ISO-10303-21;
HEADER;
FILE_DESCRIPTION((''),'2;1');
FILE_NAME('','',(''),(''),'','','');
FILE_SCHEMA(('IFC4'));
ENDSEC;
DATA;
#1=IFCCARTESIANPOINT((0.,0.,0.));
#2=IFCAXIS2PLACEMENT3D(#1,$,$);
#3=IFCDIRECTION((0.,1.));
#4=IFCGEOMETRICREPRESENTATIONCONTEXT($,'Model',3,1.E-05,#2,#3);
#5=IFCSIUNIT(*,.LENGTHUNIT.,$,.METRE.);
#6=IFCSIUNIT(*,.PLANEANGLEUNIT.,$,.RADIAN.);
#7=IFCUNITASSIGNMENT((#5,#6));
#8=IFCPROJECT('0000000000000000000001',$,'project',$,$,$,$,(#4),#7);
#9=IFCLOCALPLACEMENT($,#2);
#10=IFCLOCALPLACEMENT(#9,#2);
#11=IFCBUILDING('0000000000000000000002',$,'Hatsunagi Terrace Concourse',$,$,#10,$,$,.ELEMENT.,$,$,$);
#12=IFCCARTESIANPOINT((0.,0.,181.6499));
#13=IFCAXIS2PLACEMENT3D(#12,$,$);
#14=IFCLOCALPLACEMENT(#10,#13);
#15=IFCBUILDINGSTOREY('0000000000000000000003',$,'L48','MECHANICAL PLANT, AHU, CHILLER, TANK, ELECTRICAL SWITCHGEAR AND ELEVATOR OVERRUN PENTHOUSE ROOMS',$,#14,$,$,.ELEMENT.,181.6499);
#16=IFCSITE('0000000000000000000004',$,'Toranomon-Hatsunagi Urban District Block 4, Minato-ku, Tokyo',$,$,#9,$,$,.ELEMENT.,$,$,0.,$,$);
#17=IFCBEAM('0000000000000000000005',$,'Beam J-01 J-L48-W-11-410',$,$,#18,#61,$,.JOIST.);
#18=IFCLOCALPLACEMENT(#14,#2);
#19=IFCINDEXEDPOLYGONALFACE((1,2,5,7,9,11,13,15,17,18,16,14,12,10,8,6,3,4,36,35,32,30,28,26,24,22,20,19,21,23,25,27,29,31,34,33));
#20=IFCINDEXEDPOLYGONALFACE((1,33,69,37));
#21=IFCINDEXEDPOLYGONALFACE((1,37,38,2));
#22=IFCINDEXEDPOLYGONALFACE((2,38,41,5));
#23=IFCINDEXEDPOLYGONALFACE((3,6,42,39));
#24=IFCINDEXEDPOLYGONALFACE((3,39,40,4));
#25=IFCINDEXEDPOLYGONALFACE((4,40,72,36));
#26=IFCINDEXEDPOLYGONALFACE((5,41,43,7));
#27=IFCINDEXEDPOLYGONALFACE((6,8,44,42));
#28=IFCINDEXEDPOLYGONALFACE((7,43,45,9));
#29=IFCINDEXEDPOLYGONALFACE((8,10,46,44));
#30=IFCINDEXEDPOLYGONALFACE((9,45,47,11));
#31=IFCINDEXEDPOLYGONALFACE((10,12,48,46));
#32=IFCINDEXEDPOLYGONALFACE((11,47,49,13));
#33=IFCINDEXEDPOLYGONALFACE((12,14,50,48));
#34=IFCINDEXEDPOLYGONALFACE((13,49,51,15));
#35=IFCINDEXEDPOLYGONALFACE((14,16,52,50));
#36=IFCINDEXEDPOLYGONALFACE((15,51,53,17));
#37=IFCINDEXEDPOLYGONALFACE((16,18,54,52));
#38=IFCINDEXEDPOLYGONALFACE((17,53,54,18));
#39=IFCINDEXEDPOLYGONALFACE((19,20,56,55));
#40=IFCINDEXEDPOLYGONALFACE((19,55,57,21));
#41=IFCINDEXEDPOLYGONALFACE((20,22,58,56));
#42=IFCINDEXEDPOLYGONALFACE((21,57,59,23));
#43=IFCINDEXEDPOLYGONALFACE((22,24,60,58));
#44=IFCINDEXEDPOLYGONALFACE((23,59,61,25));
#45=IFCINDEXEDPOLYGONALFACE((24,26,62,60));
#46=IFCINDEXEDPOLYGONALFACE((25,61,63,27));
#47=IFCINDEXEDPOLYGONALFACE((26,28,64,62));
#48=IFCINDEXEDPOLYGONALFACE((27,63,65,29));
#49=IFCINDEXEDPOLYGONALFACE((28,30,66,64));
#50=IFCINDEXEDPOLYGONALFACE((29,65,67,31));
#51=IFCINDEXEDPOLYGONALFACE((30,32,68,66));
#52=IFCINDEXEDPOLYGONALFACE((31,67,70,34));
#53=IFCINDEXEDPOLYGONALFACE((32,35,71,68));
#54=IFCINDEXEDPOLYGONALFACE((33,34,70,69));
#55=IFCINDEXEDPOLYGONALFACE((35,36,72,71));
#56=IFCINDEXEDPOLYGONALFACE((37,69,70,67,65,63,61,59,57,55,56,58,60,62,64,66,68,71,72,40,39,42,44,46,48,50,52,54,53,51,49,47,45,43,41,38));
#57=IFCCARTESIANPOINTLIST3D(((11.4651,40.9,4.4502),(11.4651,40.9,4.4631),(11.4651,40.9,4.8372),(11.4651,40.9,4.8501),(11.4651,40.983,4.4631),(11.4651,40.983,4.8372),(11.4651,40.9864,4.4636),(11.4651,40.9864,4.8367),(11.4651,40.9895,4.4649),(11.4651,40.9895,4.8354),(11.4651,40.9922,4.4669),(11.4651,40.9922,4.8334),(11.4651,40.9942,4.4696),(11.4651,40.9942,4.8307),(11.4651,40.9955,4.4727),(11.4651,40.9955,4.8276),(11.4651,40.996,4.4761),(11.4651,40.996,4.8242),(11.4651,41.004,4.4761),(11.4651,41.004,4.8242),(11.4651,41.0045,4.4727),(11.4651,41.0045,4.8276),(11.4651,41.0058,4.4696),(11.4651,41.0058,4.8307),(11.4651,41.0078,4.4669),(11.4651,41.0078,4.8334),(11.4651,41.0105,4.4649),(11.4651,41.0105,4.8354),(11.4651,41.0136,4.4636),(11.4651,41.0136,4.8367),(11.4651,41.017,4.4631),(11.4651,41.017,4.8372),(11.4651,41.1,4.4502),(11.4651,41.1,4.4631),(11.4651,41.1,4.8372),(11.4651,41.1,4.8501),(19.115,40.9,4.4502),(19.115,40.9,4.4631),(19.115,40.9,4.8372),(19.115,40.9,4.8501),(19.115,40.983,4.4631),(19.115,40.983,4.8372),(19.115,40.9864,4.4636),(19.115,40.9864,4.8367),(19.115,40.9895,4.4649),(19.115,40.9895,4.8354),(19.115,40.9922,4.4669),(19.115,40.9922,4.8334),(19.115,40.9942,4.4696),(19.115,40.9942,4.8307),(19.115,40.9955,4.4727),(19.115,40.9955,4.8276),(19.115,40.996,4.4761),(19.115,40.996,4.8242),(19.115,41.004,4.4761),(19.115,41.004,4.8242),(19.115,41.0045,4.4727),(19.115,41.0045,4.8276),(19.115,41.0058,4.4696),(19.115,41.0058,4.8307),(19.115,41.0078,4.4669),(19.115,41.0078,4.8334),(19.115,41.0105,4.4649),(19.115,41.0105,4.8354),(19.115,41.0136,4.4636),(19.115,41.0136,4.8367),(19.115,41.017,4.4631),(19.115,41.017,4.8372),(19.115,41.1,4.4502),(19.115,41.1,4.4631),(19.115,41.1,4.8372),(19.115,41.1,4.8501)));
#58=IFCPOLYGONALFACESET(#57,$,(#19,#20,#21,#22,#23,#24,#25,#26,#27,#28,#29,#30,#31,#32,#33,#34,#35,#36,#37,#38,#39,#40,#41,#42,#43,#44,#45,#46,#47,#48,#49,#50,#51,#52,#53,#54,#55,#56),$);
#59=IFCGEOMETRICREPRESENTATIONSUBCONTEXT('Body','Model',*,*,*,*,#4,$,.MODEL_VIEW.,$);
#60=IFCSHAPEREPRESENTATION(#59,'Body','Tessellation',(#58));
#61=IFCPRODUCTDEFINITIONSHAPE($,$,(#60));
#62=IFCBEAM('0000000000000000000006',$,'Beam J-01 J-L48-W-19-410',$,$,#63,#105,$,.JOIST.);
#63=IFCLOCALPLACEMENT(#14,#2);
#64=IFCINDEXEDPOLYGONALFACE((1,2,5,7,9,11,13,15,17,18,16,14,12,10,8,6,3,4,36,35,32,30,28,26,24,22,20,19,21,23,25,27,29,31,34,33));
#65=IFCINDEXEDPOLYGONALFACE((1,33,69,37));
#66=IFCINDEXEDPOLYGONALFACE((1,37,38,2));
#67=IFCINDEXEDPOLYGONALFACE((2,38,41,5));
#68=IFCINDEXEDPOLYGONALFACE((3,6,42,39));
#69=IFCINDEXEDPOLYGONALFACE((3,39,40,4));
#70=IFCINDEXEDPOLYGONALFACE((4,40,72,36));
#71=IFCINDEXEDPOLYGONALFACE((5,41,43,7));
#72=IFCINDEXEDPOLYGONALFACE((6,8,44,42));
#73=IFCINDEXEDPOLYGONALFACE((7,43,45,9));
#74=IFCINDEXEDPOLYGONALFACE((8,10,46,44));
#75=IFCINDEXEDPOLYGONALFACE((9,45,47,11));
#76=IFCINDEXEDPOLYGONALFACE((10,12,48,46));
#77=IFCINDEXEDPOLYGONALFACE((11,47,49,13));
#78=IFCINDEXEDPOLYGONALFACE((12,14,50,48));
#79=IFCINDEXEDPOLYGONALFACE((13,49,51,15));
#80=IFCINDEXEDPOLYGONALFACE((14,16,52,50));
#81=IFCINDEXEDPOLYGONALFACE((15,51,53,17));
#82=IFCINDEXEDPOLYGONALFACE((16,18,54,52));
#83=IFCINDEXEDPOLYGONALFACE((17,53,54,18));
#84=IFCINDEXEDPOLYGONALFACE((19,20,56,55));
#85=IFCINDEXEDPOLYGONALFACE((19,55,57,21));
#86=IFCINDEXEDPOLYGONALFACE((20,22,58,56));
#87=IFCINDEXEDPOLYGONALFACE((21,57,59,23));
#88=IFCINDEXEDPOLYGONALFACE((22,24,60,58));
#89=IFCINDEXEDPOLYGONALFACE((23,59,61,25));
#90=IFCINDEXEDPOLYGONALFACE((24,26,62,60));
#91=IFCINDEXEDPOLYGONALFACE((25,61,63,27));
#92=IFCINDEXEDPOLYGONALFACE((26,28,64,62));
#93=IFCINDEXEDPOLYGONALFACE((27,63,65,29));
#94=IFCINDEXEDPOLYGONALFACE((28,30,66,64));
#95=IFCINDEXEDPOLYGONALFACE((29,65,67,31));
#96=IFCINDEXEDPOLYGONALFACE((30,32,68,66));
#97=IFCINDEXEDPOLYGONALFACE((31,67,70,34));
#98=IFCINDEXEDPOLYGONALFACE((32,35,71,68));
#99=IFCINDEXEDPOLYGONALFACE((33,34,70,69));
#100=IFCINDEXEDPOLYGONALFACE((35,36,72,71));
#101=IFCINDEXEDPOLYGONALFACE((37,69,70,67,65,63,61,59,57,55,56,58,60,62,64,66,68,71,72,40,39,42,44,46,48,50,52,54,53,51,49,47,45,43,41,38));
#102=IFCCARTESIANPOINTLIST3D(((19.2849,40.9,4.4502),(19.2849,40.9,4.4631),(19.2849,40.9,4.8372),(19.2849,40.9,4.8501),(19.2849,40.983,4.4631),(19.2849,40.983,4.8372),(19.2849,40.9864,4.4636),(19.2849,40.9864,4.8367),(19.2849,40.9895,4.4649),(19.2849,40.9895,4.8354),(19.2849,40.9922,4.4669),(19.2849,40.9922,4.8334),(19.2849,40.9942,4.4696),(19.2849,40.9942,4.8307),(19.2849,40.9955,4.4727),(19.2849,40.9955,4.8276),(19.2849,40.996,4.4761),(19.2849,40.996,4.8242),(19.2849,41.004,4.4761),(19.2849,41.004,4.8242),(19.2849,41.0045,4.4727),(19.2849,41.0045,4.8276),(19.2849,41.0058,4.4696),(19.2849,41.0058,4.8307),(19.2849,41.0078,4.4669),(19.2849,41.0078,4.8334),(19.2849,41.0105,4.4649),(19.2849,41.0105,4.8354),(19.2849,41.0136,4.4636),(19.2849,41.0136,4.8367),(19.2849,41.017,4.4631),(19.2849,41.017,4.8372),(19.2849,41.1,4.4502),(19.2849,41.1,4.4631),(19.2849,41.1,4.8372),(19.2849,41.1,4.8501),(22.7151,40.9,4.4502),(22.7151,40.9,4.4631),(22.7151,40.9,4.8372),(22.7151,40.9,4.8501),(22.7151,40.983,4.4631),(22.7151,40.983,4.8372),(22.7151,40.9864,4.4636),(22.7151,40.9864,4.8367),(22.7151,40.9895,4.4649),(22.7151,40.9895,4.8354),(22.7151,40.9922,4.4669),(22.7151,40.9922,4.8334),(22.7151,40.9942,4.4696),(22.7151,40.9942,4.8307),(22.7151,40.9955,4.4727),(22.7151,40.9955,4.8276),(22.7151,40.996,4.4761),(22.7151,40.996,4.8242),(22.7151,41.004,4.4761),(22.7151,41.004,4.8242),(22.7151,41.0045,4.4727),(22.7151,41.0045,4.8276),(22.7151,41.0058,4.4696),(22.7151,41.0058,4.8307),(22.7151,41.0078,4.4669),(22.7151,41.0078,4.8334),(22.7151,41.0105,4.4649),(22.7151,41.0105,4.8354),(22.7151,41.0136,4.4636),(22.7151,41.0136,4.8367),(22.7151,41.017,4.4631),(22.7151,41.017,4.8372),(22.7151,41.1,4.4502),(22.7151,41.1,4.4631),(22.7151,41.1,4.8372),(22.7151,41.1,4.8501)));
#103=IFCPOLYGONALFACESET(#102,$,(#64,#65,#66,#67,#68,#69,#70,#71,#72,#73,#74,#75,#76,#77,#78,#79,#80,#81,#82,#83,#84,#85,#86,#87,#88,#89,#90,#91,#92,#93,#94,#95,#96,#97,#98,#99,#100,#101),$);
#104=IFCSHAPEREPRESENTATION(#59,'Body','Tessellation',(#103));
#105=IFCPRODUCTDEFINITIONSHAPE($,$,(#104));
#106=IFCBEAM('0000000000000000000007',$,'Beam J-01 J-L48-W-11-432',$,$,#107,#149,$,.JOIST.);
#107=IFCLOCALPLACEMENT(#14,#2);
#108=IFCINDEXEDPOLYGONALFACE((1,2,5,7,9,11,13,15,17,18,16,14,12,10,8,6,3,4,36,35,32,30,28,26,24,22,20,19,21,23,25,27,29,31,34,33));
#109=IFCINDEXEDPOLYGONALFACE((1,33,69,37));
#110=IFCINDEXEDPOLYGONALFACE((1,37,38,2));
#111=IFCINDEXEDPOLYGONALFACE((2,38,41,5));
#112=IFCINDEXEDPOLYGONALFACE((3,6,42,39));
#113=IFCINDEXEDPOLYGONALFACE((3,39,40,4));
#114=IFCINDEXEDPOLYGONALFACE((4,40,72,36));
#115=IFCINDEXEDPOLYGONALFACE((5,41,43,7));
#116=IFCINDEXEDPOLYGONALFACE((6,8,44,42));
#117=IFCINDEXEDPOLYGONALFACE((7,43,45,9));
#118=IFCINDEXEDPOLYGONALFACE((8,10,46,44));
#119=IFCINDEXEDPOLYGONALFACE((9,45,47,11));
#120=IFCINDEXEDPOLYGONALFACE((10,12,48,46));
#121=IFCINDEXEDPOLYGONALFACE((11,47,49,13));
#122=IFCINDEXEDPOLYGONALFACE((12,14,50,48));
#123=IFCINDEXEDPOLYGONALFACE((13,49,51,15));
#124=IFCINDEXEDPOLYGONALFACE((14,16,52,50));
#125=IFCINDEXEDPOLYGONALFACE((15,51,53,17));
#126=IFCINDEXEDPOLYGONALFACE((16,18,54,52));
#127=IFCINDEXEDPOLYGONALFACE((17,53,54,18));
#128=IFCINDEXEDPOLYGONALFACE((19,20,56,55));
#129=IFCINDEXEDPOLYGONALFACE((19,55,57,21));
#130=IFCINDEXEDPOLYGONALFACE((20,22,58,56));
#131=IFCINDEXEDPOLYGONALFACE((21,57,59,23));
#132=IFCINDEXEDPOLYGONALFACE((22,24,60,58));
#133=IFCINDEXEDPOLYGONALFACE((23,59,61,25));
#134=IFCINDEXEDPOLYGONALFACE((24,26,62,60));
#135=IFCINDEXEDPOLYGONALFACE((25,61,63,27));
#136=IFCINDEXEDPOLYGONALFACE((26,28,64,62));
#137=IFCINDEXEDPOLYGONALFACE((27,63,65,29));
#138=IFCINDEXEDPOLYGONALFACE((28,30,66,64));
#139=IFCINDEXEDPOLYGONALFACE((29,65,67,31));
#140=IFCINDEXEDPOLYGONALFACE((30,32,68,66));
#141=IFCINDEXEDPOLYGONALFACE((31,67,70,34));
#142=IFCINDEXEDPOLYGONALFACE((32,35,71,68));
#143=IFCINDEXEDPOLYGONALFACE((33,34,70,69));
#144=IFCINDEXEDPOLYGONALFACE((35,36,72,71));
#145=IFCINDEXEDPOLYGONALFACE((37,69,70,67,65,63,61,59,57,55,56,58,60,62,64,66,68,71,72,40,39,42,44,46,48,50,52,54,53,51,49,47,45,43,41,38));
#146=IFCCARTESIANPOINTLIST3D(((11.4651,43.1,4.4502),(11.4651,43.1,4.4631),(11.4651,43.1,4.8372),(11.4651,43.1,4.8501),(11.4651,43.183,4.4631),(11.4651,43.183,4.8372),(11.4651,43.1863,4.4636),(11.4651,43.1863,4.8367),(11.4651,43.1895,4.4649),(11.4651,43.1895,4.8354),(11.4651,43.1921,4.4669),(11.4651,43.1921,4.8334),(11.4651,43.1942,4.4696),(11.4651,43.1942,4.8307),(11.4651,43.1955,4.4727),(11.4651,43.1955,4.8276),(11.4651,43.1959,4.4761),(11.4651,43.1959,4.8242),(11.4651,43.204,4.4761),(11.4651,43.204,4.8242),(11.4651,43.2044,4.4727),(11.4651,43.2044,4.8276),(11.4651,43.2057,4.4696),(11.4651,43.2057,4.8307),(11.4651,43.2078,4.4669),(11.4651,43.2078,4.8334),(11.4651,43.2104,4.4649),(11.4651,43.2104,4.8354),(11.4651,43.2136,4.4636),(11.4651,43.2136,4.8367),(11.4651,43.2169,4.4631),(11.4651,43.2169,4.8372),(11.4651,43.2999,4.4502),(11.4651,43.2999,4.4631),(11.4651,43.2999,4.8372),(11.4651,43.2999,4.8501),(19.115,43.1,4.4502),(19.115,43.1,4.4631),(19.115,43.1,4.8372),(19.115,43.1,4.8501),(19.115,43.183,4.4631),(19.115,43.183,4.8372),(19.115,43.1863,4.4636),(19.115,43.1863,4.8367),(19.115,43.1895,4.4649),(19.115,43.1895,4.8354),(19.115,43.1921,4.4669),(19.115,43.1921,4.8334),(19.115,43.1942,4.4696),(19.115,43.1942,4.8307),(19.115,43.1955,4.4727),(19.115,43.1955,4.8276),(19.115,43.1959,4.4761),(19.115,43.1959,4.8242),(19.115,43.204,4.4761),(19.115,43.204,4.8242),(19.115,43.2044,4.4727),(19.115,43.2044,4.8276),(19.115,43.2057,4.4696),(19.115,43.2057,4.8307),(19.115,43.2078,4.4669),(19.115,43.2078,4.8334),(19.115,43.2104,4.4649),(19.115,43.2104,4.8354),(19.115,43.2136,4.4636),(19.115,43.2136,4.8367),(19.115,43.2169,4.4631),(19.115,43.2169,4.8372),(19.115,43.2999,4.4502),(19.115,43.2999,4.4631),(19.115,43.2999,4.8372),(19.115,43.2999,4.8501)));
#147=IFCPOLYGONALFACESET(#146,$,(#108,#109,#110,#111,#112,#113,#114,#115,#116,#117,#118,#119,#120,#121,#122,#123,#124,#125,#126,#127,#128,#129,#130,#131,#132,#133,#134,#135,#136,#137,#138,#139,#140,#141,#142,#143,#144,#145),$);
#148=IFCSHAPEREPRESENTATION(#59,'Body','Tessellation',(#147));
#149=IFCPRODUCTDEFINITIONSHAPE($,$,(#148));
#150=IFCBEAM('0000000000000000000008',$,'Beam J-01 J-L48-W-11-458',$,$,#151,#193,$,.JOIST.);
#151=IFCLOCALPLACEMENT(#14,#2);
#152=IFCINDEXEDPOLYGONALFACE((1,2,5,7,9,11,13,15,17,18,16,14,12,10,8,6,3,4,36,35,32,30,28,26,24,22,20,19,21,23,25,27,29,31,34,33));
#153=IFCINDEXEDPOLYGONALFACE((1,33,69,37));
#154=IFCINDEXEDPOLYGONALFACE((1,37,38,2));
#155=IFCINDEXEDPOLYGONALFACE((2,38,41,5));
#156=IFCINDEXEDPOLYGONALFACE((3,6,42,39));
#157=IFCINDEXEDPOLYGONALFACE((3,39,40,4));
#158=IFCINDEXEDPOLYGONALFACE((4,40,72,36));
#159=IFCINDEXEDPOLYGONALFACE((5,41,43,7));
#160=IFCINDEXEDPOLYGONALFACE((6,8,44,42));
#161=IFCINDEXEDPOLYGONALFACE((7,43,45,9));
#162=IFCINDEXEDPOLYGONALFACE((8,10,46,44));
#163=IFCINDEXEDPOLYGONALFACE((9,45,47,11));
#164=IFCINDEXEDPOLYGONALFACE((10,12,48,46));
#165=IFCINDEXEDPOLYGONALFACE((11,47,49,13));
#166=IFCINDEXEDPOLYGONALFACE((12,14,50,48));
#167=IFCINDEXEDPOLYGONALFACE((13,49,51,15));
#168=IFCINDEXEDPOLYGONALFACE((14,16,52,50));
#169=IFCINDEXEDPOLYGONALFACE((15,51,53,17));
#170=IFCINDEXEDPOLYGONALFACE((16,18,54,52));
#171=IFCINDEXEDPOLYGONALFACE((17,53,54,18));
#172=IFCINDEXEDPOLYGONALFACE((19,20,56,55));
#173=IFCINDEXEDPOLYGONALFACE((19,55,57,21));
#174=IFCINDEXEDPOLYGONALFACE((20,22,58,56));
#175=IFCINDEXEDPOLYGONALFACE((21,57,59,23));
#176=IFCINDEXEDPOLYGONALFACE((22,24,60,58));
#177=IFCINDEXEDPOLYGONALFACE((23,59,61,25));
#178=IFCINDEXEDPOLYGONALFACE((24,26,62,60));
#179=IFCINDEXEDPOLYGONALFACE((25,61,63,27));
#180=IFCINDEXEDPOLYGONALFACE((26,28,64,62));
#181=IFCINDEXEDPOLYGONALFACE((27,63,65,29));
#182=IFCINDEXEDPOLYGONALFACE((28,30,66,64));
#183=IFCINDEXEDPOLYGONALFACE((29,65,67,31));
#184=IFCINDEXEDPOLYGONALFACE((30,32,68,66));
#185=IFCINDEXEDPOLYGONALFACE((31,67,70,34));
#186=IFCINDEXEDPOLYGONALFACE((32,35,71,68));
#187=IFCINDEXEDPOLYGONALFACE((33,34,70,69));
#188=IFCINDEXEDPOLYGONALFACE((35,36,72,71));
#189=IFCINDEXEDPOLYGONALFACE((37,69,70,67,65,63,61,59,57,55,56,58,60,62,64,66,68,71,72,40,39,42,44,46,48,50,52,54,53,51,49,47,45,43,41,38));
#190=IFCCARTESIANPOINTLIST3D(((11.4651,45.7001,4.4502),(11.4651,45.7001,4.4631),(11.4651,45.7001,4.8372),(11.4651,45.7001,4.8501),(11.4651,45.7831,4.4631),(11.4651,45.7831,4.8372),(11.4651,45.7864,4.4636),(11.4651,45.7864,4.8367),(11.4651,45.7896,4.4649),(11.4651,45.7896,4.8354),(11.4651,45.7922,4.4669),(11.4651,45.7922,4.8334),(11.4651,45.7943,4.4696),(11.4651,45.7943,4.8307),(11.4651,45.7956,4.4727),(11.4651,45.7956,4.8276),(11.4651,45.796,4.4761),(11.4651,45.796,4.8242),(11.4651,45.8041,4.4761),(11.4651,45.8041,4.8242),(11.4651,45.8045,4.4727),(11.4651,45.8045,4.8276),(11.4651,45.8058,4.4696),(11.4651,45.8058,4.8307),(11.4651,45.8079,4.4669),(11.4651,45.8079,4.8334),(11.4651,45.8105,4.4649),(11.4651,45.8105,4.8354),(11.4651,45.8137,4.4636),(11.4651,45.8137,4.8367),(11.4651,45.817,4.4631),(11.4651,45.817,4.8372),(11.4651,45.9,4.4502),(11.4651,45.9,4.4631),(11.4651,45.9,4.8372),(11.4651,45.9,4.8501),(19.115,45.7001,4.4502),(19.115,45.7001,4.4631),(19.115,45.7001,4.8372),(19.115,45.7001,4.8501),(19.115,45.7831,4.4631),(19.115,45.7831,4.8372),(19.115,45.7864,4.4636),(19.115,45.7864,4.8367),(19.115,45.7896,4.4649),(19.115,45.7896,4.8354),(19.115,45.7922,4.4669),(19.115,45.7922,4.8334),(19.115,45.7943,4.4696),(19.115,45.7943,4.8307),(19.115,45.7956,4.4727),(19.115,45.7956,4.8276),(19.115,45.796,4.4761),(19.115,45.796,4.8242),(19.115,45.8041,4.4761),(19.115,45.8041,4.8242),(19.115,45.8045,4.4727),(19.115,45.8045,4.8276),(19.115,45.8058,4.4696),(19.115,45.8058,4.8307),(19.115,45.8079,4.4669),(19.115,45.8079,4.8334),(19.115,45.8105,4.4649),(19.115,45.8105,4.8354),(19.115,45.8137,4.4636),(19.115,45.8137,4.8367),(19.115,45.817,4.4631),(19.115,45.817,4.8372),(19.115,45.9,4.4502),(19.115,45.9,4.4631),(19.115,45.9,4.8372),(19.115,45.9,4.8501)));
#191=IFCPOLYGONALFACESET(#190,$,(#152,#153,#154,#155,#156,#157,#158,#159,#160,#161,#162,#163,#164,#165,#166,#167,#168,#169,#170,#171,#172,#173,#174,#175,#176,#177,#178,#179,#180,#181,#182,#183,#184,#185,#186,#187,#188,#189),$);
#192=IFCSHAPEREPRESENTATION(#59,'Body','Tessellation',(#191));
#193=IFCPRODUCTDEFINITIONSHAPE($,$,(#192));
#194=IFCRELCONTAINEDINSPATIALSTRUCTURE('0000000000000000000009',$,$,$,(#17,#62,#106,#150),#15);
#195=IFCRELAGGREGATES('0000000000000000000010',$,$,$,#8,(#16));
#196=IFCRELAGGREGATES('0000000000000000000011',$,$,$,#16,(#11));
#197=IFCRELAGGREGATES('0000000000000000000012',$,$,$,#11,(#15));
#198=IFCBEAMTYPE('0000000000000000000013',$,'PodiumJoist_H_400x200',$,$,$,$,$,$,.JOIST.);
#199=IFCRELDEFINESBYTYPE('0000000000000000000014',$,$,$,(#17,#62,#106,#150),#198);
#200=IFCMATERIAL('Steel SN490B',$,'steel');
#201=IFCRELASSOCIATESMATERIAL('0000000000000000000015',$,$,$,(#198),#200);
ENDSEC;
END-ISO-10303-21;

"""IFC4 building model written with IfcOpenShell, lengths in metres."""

from ifc_helpers import new_model, si_unit, direction, frame, origin, origin_2d, place, context, subcontext, project, spatial, i_section, extrude, material, material_profile, profile_set, type_object, element, save


model = new_model("IFC4")

# Units and contexts
model_context = context("Model", 3, precision=1e-05, world=origin(), true_north=direction((0.0, 1.0)))
body_context = subcontext(model_context, "Body", "Model", "MODEL_VIEW")
ifc_project = project(units=[si_unit("LENGTHUNIT", "METRE"), si_unit("PLANEANGLEUNIT", "RADIAN")], contexts=[model_context])

# Site, building, storey
site_placement = place(None, origin())
site = spatial("IfcSite", under=ifc_project, at=site_placement, Name="Toranomon-Hatsunagi Urban District Block 4, Minato-ku, Tokyo", CompositionType="ELEMENT", RefElevation=0.0)
building_placement = place(site_placement, origin())
building = spatial("IfcBuilding", under=site, at=building_placement, Name="Hatsunagi Terrace Concourse", CompositionType="ELEMENT")
storey_placement = place(building_placement, frame((0.0, 0.0, 181.6499)))
storey = spatial("IfcBuildingStorey", under=building, at=storey_placement, Name="L48", Description="MECHANICAL PLANT, AHU, CHILLER, TANK, ELECTRICAL SWITCHGEAR AND ELEVATOR OVERRUN PENTHOUSE ROOMS", CompositionType="ELEMENT", Elevation=181.6499)

# Beams
ifc_material_1 = material(Name="Steel SN490B", Category="steel")
ifc_material_profile_1 = material_profile(ifc_material_1, i_section(OverallWidth=0.2, OverallDepth=0.3999, WebThickness=0.0081, FlangeThickness=0.0129, FilletRadius=0.0129, at=origin_2d()), Name="H-400x200x8x13")
ifc_profile_set_1 = profile_set([ifc_material_profile_1], Name="Steel SN490B")
beam_type_1 = type_object("IfcBeamType", Name="PodiumJoist_H_400x200", PredefinedType="JOIST", material=ifc_profile_set_1)
beam_1_placement = place(storey_placement, frame((11.4651, 41.0, 4.6501), z_axis=(1.0, 0.0, 0.0), x_axis=(0.0, 1.0, 0.0)))
element("IfcBeam", 1, at=beam_1_placement, inside=storey, type_object=beam_type_1, Name="Beam J-01 J-L48-W-11-410", PredefinedType="JOIST", context=body_context, shape_type="SweptSolid", body=[
    extrude(i_section(OverallWidth=0.2, OverallDepth=0.3999, WebThickness=0.0081, FlangeThickness=0.0129, FilletRadius=0.0129, at=origin_2d()), origin(), (0.0, 0.0, 1.0), 7.6499),
])
beam_2_placement = place(storey_placement, frame((19.2849, 41.0, 4.6501), z_axis=(1.0, 0.0, 0.0), x_axis=(0.0, 1.0, 0.0)))
element("IfcBeam", 2, at=beam_2_placement, inside=storey, type_object=beam_type_1, Name="Beam J-01 J-L48-W-19-410", PredefinedType="JOIST", context=body_context, shape_type="SweptSolid", body=[
    extrude(i_section(OverallWidth=0.2, OverallDepth=0.3999, WebThickness=0.0081, FlangeThickness=0.0129, FilletRadius=0.0129, at=origin_2d()), origin(), (0.0, 0.0, 1.0), 3.4302),
])
for number, where, z_axis, x_axis, name in (
    (3, (11.4651, 43.2, 4.6501), (1.0, 0.0, 0.0), (0.0, 1.0, 0.0), "Beam J-01 J-L48-W-11-432"),
    (4, (11.4651, 45.8, 4.6501), (1.0, 0.0, 0.0), (0.0, 1.0, 0.0), "Beam J-01 J-L48-W-11-458"),
):
    element("IfcBeam", number, at=place(storey_placement, frame(where, z_axis=z_axis, x_axis=x_axis)), inside=storey, type_object=beam_type_1, Name=name, PredefinedType="JOIST", context=body_context, shape_type="SweptSolid", body=[
        extrude(i_section(OverallWidth=0.2, OverallDepth=0.3999, WebThickness=0.0081, FlangeThickness=0.0129, FilletRadius=0.0129, at=origin_2d()), origin(), (0.0, 0.0, 1.0), 7.6499),
    ])

save(model, "model.ifc")
